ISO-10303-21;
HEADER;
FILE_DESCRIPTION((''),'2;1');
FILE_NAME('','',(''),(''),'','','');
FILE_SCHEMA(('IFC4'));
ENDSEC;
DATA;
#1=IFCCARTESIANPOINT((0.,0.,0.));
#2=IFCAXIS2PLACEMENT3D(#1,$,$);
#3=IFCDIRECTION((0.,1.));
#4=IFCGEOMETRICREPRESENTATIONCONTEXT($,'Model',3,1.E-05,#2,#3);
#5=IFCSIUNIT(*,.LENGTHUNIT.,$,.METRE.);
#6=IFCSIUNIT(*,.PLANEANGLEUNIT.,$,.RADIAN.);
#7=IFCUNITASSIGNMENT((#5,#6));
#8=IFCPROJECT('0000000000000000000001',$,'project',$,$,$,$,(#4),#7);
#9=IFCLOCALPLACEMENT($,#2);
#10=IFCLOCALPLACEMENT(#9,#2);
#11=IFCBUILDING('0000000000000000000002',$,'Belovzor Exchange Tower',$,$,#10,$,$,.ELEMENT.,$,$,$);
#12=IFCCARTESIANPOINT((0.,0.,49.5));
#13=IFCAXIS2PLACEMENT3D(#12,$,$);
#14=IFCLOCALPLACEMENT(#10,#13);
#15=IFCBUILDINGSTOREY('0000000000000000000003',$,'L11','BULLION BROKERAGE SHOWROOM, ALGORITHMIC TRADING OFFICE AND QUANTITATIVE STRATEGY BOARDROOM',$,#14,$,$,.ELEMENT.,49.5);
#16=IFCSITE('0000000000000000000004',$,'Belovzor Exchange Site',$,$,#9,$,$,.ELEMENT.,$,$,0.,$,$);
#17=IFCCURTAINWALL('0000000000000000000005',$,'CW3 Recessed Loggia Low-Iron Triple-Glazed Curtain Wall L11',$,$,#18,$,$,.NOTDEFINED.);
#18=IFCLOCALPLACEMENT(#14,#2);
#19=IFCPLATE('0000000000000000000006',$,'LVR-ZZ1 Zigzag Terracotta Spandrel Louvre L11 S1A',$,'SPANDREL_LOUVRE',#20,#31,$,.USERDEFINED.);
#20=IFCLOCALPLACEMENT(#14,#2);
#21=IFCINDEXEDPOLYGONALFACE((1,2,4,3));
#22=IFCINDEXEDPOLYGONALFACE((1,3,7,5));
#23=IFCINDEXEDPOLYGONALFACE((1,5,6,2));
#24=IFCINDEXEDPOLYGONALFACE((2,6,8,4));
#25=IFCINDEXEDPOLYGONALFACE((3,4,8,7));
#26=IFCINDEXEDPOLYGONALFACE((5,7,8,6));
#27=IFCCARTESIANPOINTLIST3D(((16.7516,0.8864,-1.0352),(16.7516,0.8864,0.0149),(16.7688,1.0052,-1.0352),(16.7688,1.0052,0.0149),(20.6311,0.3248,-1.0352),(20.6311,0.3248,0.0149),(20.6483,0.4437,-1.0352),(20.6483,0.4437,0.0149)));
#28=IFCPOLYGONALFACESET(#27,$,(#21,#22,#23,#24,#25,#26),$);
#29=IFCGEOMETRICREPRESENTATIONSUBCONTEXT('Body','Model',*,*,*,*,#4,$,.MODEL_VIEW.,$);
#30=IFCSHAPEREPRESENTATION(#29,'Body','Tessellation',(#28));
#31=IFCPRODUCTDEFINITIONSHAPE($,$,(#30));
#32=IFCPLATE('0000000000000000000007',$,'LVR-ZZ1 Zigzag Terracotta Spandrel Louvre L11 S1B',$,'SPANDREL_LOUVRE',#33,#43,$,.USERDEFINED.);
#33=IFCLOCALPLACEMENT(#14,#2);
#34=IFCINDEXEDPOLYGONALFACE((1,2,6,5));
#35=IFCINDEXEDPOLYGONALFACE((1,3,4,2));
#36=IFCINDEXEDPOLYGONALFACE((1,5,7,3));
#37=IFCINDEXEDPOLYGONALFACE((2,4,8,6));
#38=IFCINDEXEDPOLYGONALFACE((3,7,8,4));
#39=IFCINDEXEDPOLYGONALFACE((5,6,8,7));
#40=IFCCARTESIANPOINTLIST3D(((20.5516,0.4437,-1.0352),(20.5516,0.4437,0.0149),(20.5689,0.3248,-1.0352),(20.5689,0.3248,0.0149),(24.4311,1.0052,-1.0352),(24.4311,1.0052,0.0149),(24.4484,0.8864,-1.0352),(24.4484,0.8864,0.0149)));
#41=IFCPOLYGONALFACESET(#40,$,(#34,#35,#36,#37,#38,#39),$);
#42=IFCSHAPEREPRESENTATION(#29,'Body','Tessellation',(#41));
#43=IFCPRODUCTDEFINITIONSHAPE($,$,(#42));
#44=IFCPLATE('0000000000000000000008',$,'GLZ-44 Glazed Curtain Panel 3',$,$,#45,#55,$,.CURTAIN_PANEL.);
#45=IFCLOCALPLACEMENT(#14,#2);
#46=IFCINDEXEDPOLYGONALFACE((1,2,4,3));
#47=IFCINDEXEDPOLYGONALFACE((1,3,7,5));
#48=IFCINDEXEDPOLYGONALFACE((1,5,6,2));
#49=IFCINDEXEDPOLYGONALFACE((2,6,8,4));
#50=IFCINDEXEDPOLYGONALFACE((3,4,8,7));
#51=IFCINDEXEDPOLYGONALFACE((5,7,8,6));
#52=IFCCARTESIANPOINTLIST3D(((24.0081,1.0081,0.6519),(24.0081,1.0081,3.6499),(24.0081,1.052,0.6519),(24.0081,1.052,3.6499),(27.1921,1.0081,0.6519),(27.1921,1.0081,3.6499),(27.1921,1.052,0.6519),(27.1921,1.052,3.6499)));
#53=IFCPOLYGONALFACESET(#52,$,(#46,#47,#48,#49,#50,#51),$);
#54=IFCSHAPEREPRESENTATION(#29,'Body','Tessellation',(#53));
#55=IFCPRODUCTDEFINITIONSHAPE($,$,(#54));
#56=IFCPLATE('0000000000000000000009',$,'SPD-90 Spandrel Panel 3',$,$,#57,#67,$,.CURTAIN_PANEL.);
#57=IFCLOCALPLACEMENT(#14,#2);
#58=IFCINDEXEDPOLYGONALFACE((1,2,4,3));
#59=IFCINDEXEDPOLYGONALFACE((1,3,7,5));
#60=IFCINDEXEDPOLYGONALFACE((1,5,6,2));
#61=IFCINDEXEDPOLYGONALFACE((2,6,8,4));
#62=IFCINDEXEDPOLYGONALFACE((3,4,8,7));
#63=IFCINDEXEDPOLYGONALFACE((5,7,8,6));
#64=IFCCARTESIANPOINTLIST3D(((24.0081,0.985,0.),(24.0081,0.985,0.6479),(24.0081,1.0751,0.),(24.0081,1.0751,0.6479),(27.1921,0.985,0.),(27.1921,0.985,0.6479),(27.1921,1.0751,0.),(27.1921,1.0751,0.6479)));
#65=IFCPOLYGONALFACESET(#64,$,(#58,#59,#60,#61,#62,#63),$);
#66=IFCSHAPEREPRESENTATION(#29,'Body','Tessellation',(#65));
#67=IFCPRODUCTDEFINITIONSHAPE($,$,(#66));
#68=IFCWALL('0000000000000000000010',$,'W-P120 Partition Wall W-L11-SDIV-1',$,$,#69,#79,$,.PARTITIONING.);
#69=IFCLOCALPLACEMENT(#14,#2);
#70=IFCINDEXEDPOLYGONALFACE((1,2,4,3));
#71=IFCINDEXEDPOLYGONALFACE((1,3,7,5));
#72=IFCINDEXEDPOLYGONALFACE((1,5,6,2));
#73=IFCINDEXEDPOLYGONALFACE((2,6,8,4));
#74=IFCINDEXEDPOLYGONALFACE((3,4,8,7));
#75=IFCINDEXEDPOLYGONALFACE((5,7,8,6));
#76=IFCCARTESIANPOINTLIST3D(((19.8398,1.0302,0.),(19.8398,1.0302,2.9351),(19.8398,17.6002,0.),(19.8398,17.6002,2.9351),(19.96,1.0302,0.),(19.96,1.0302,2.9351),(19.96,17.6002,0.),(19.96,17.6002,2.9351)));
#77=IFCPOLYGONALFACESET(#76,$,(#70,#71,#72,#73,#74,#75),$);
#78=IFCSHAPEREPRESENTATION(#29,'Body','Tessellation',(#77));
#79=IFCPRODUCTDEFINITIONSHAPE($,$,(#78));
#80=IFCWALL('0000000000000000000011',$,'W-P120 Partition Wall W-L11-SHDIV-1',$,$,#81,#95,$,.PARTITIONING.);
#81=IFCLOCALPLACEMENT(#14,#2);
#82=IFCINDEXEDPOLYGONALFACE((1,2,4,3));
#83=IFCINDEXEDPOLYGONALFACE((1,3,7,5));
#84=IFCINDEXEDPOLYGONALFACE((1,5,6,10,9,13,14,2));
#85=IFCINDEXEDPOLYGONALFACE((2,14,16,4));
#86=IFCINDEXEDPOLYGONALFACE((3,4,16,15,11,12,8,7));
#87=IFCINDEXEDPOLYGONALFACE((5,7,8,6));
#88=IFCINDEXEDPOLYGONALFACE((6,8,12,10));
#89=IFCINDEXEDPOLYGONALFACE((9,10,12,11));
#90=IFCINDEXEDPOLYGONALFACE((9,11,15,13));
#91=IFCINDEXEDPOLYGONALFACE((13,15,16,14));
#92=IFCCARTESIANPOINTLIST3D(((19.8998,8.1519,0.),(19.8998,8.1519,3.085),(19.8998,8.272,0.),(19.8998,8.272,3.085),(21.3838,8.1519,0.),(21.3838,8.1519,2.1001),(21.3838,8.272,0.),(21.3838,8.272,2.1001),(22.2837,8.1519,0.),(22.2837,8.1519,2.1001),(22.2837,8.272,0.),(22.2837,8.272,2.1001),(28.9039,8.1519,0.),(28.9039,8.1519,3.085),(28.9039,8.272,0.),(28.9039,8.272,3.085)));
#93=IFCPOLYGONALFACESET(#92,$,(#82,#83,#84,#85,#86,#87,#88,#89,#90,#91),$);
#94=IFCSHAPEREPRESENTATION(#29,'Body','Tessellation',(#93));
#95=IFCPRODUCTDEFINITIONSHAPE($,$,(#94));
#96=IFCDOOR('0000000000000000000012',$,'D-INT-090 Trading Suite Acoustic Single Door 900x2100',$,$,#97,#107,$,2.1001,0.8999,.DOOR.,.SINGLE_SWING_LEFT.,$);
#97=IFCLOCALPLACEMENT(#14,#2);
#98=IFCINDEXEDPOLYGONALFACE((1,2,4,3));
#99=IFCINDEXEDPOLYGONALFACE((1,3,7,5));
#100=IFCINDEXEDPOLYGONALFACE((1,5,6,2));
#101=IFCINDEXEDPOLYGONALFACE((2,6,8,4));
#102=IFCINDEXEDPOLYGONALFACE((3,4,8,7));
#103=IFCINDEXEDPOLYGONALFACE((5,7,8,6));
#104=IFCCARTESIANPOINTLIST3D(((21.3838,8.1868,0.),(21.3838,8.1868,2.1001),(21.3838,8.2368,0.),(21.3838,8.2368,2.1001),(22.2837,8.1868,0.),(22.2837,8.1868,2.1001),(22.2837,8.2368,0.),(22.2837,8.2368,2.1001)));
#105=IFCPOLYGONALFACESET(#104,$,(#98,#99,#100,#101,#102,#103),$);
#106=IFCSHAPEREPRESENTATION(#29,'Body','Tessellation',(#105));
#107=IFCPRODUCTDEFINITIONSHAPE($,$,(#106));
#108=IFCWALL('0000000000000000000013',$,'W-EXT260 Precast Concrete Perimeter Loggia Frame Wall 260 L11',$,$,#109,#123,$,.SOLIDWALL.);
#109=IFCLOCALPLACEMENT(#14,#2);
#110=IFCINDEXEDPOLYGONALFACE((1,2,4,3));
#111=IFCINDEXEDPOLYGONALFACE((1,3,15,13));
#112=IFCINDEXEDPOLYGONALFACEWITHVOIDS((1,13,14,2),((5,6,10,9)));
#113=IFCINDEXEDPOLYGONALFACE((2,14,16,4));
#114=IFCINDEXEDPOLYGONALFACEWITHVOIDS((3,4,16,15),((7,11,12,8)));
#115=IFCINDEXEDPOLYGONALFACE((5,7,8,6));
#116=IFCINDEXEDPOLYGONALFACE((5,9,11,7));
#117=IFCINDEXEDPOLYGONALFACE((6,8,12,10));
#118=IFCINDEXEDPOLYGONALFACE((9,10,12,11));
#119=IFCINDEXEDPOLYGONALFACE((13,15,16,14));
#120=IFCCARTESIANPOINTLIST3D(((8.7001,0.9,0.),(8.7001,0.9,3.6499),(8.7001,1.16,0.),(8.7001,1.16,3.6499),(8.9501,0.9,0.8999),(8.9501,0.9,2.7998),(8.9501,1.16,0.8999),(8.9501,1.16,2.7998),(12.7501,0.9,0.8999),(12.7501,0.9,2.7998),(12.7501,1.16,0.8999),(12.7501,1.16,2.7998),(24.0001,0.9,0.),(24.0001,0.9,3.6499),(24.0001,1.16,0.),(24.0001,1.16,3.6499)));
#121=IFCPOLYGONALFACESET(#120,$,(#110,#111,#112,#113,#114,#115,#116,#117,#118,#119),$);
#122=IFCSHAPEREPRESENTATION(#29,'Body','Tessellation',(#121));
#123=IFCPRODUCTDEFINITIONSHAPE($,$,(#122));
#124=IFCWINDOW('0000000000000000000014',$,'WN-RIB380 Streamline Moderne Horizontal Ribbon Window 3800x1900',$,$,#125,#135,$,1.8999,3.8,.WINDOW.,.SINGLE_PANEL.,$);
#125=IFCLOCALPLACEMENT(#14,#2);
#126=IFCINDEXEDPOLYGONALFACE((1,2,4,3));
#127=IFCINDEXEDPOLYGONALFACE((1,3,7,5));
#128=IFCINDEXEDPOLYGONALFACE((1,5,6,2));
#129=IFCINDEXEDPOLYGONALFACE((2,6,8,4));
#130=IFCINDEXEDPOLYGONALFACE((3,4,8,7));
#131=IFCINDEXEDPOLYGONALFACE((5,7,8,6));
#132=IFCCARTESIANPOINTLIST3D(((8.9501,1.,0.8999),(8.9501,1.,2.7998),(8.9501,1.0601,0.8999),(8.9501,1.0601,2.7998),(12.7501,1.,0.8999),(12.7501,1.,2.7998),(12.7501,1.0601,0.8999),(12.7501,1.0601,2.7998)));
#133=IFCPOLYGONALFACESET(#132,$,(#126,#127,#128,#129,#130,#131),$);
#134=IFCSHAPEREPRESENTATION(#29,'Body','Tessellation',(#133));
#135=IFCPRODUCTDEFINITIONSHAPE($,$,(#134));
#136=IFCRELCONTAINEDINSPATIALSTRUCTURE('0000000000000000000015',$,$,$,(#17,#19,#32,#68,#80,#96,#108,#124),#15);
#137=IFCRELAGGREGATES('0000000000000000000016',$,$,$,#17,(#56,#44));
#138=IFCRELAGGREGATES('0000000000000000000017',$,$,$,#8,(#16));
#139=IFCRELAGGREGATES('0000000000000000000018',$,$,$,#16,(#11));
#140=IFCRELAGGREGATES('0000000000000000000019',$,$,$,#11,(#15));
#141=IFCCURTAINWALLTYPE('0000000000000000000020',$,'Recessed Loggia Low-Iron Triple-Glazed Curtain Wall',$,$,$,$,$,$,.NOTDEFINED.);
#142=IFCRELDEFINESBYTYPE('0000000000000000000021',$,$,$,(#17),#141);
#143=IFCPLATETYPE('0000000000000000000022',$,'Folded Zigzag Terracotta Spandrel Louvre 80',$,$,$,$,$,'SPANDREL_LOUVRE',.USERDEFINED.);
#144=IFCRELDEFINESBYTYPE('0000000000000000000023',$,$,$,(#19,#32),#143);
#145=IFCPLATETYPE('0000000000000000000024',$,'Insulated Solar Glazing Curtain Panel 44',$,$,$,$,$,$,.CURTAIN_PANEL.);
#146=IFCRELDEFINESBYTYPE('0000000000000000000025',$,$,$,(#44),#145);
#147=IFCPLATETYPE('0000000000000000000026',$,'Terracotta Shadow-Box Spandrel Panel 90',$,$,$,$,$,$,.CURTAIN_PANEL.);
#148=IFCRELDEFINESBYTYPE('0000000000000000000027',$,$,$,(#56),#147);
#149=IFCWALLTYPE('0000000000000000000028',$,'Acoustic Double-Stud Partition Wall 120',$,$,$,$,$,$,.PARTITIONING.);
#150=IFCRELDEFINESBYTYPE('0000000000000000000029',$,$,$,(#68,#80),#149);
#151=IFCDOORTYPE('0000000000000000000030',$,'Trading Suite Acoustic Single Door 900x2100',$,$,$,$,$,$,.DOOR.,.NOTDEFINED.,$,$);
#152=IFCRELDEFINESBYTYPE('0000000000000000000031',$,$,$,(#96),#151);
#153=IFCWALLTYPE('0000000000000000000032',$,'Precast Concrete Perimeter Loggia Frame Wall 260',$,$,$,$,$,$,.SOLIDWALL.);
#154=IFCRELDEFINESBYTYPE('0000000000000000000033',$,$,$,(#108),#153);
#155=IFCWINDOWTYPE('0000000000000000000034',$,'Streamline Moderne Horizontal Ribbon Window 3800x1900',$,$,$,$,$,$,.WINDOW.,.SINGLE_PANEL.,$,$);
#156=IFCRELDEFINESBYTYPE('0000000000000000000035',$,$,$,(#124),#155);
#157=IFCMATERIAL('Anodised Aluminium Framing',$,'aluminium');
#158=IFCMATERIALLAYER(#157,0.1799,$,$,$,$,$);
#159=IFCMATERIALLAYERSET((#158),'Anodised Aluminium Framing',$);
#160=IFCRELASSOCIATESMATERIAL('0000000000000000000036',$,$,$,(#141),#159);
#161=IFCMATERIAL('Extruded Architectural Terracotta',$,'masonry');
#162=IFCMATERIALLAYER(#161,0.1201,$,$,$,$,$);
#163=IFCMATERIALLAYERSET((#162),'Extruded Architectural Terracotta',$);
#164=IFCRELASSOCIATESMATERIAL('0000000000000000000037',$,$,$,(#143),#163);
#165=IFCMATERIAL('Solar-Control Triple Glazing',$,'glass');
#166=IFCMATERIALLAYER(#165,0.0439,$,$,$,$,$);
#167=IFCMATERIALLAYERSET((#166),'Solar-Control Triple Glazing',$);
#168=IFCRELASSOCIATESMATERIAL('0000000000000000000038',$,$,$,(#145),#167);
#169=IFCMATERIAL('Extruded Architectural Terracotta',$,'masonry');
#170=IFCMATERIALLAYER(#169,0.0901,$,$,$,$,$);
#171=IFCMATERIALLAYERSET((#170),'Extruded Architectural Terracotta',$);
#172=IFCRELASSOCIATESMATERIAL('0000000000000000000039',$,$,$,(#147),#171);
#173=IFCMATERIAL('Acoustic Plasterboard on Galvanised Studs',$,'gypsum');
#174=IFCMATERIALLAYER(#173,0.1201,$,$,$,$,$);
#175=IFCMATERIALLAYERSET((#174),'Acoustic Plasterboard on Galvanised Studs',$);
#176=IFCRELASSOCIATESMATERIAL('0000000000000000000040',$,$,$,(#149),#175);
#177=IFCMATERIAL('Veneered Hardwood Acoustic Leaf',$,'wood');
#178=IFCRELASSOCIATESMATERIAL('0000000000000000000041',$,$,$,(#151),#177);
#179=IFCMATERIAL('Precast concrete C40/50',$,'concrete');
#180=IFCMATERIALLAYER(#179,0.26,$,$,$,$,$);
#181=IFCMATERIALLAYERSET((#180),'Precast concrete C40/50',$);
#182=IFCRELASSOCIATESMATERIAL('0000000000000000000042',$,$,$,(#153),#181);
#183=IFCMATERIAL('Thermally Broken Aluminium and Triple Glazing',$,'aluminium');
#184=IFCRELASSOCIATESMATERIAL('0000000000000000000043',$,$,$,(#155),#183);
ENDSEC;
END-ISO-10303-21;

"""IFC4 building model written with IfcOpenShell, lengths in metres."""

from ifc_helpers import new_model, si_unit, direction, frame, frame_2d, origin, origin_2d, place, context, subcontext, project, spatial, rectangle, extrude, material, layer, layer_set, type_object, element, fill, aggregate, save


model = new_model("IFC4")

# Units and contexts
model_context = context("Model", 3, precision=1e-05, world=origin(), true_north=direction((0.0, 1.0)))
body_context = subcontext(model_context, "Body", "Model", "MODEL_VIEW")
ifc_project = project(units=[si_unit("LENGTHUNIT", "METRE"), si_unit("PLANEANGLEUNIT", "RADIAN")], contexts=[model_context])

# Site, building, storey
site_placement = place(None, origin())
site = spatial("IfcSite", under=ifc_project, at=site_placement, Name="Belovzor Exchange Site", CompositionType="ELEMENT", RefElevation=0.0)
building_placement = place(site_placement, origin())
building = spatial("IfcBuilding", under=site, at=building_placement, Name="Belovzor Exchange Tower", CompositionType="ELEMENT")
storey_placement = place(building_placement, frame((0.0, 0.0, 49.5)))
storey = spatial("IfcBuildingStorey", under=building, at=storey_placement, Name="L11", Description="BULLION BROKERAGE SHOWROOM, ALGORITHMIC TRADING OFFICE AND QUANTITATIVE STRATEGY BOARDROOM", CompositionType="ELEMENT", Elevation=49.5)

# Curtain wall
ifc_material_1 = material(Name="Anodised Aluminium Framing", Category="aluminium")
ifc_layer_1 = layer(ifc_material_1, 0.1799)
ifc_layer_set_1 = layer_set([ifc_layer_1], Name="Anodised Aluminium Framing")
curtain_wall_type = type_object("IfcCurtainWallType", Name="Recessed Loggia Low-Iron Triple-Glazed Curtain Wall", PredefinedType="NOTDEFINED", material=ifc_layer_set_1)
curtain_wall_placement = place(storey_placement, origin())
curtain_wall = element("IfcCurtainWall", 1, at=curtain_wall_placement, inside=storey, type_object=curtain_wall_type, Name="CW3 Recessed Loggia Low-Iron Triple-Glazed Curtain Wall L11", PredefinedType="NOTDEFINED")

# Plates
ifc_material_2 = material(Name="Extruded Architectural Terracotta", Category="masonry")
ifc_layer_2 = layer(ifc_material_2, 0.1201)
ifc_layer_set_2 = layer_set([ifc_layer_2], Name="Extruded Architectural Terracotta")
plate_type_1 = type_object("IfcPlateType", Name="Folded Zigzag Terracotta Spandrel Louvre 80", ElementType="SPANDREL_LOUVRE", PredefinedType="USERDEFINED", material=ifc_layer_set_2)
for number, where, z_axis, x_axis, name in (
    (2, (18.7, 0.665, -1.0352), (0.0, 0.0, 1.0), (0.989686, -0.143251, 0.0), "LVR-ZZ1 Zigzag Terracotta Spandrel Louvre L11 S1A"),
    (3, (22.5, 0.665, -1.0352), (0.0, 0.0, 1.0), (0.989686, 0.143251, 0.0), "LVR-ZZ1 Zigzag Terracotta Spandrel Louvre L11 S1B"),
):
    element("IfcPlate", number, at=place(storey_placement, frame(where, z_axis=z_axis, x_axis=x_axis)), inside=storey, type_object=plate_type_1, Name=name, ObjectType="SPANDREL_LOUVRE", PredefinedType="USERDEFINED", context=body_context, shape_type="SweptSolid", body=[
        extrude(rectangle(XDim=3.9199, YDim=0.1201, at=origin_2d()), origin(), (0.0, 0.0, 1.0), 1.05),
    ])

# Plates
ifc_material_3 = material(Name="Solar-Control Triple Glazing", Category="glass")
ifc_layer_3 = layer(ifc_material_3, 0.0439)
ifc_layer_set_3 = layer_set([ifc_layer_3], Name="Solar-Control Triple Glazing")
plate_type_2 = type_object("IfcPlateType", Name="Insulated Solar Glazing Curtain Panel 44", PredefinedType="CURTAIN_PANEL", material=ifc_layer_set_3)
plate_1_placement = place(storey_placement, frame((25.6001, 1.03, 0.6519), z_axis=(0.0, 0.0, 1.0), x_axis=(-1.0, 0.0, 0.0)))
plate_1 = element("IfcPlate", 4, at=plate_1_placement, type_object=plate_type_2, Name="GLZ-44 Glazed Curtain Panel 3", PredefinedType="CURTAIN_PANEL", context=body_context, shape_type="SweptSolid", body=[
    extrude(rectangle(XDim=3.1841, YDim=0.0439, at=origin_2d()), origin(), (0.0, 0.0, 1.0), 2.998),
])
ifc_material_4 = material(Name="Extruded Architectural Terracotta", Category="masonry")
ifc_layer_4 = layer(ifc_material_4, 0.0901)
ifc_layer_set_4 = layer_set([ifc_layer_4], Name="Extruded Architectural Terracotta")
plate_type_3 = type_object("IfcPlateType", Name="Terracotta Shadow-Box Spandrel Panel 90", PredefinedType="CURTAIN_PANEL", material=ifc_layer_set_4)
plate_2_placement = place(storey_placement, frame((25.6001, 1.03, 0.0), z_axis=(0.0, 0.0, 1.0), x_axis=(-1.0, 0.0, 0.0)))
plate_2 = element("IfcPlate", 5, at=plate_2_placement, type_object=plate_type_3, Name="SPD-90 Spandrel Panel 3", PredefinedType="CURTAIN_PANEL", context=body_context, shape_type="SweptSolid", body=[
    extrude(rectangle(XDim=3.1841, YDim=0.0901, at=origin_2d()), origin(), (0.0, 0.0, 1.0), 0.6479),
])
aggregate(curtain_wall, [plate_2, plate_1])

# Wall
ifc_material_5 = material(Name="Acoustic Plasterboard on Galvanised Studs", Category="gypsum")
ifc_layer_5 = layer(ifc_material_5, 0.1201)
ifc_layer_set_5 = layer_set([ifc_layer_5], Name="Acoustic Plasterboard on Galvanised Studs")
wall_type_1 = type_object("IfcWallType", Name="Acoustic Double-Stud Partition Wall 120", PredefinedType="PARTITIONING", material=ifc_layer_set_5)
wall_1_placement = place(storey_placement, frame((19.8999, 1.03, 0.0), z_axis=(0.0, 0.0, 1.0), x_axis=(0.0, 1.0, 0.0)))
element("IfcWall", 6, at=wall_1_placement, inside=storey, type_object=wall_type_1, Name="W-P120 Partition Wall W-L11-SDIV-1", PredefinedType="PARTITIONING", context=body_context, shape_type="SweptSolid", body=[
    extrude(rectangle(XDim=16.5701, YDim=0.1201, at=frame_2d((8.2852, 0.0))), origin(), (0.0, 0.0, 1.0), 2.9351),
])

# Wall, opening, door
wall_2_placement = place(storey_placement, frame((19.8999, 8.2119, 0.0), z_axis=(0.0, 0.0, 1.0), x_axis=(1.0, 0.0, 0.0)))
wall_2 = element("IfcWall", 7, at=wall_2_placement, inside=storey, type_object=wall_type_1, Name="W-P120 Partition Wall W-L11-SHDIV-1", PredefinedType="PARTITIONING", context=body_context, shape_type="SweptSolid", body=[
    extrude(rectangle(XDim=9.0042, YDim=0.1201, at=frame_2d((4.502, 0.0))), origin(), (0.0, 0.0, 1.0), 3.085),
])
opening_1_placement = place(wall_2_placement, frame((1.4839, 0.0, 0.0)))
opening_1 = element("IfcOpeningElement", 8, at=opening_1_placement, cuts=wall_2, PredefinedType="OPENING", context=body_context, shape_type="SweptSolid", body=[
    extrude(rectangle(XDim=0.8999, YDim=2.1001, at=frame_2d((0.45, 1.05))), frame((0.0, 0.0701, 0.0), z_axis=(0.0, -1.0, 0.0), x_axis=(1.0, 0.0, 0.0)), (0.0, 0.0, 1.0), 0.1401),
])
ifc_material_6 = material(Name="Veneered Hardwood Acoustic Leaf", Category="wood")
door_type = type_object("IfcDoorType", Name="Trading Suite Acoustic Single Door 900x2100", OperationType="NOTDEFINED", PredefinedType="DOOR", material=ifc_material_6)
door_placement = place(opening_1_placement, origin())
door = element("IfcDoor", 9, at=door_placement, inside=storey, type_object=door_type, Name="D-INT-090 Trading Suite Acoustic Single Door 900x2100", OperationType="SINGLE_SWING_LEFT", OverallHeight=2.1001, OverallWidth=0.8999, PredefinedType="DOOR", context=body_context, shape_type="SweptSolid", body=[
    extrude(rectangle(XDim=0.8999, YDim=2.1001, at=frame_2d((0.45, 1.05))), frame((0.0, 0.0249, 0.0), z_axis=(0.0, -1.0, 0.0), x_axis=(1.0, 0.0, 0.0)), (0.0, 0.0, 1.0), 0.05),
])
fill(opening_1, door)

# Wall, opening, window
ifc_material_7 = material(Name="Precast concrete C40/50", Category="concrete")
ifc_layer_6 = layer(ifc_material_7, 0.26)
ifc_layer_set_6 = layer_set([ifc_layer_6], Name="Precast concrete C40/50")
wall_type_2 = type_object("IfcWallType", Name="Precast Concrete Perimeter Loggia Frame Wall 260", PredefinedType="SOLIDWALL", material=ifc_layer_set_6)
wall_3_placement = place(storey_placement, frame((24.0, 1.03, 0.0), z_axis=(0.0, 0.0, 1.0), x_axis=(-1.0, 0.0, 0.0)))
wall_3 = element("IfcWall", 10, at=wall_3_placement, inside=storey, type_object=wall_type_2, Name="W-EXT260 Precast Concrete Perimeter Loggia Frame Wall 260 L11", PredefinedType="SOLIDWALL", context=body_context, shape_type="SweptSolid", body=[
    extrude(rectangle(XDim=15.3, YDim=0.26, at=frame_2d((7.6499, 0.0))), origin(), (0.0, 0.0, 1.0), 3.6499),
])
opening_2_placement = place(wall_3_placement, frame((11.25, 0.0, 0.8999)))
opening_2 = element("IfcOpeningElement", 11, at=opening_2_placement, cuts=wall_3, PredefinedType="OPENING", context=body_context, shape_type="SweptSolid", body=[
    extrude(rectangle(XDim=3.8, YDim=1.8999, at=frame_2d((1.8999, 0.95))), frame((0.0, 0.1399, 0.0), z_axis=(0.0, -1.0, 0.0), x_axis=(1.0, 0.0, 0.0)), (0.0, 0.0, 1.0), 0.28),
])
ifc_material_8 = material(Name="Thermally Broken Aluminium and Triple Glazing", Category="aluminium")
window_type = type_object("IfcWindowType", Name="Streamline Moderne Horizontal Ribbon Window 3800x1900", PartitioningType="SINGLE_PANEL", PredefinedType="WINDOW", material=ifc_material_8)
window_placement = place(opening_2_placement, origin())
window = element("IfcWindow", 12, at=window_placement, inside=storey, type_object=window_type, Name="WN-RIB380 Streamline Moderne Horizontal Ribbon Window 3800x1900", OverallHeight=1.8999, OverallWidth=3.8, PartitioningType="SINGLE_PANEL", PredefinedType="WINDOW", context=body_context, shape_type="SweptSolid", body=[
    extrude(rectangle(XDim=3.8, YDim=1.8999, at=frame_2d((1.8999, 0.95))), frame((0.0, 0.03, 0.0), z_axis=(0.0, -1.0, 0.0), x_axis=(1.0, 0.0, 0.0)), (0.0, 0.0, 1.0), 0.0601),
])
fill(opening_2, window)

save(model, "model.ifc")
